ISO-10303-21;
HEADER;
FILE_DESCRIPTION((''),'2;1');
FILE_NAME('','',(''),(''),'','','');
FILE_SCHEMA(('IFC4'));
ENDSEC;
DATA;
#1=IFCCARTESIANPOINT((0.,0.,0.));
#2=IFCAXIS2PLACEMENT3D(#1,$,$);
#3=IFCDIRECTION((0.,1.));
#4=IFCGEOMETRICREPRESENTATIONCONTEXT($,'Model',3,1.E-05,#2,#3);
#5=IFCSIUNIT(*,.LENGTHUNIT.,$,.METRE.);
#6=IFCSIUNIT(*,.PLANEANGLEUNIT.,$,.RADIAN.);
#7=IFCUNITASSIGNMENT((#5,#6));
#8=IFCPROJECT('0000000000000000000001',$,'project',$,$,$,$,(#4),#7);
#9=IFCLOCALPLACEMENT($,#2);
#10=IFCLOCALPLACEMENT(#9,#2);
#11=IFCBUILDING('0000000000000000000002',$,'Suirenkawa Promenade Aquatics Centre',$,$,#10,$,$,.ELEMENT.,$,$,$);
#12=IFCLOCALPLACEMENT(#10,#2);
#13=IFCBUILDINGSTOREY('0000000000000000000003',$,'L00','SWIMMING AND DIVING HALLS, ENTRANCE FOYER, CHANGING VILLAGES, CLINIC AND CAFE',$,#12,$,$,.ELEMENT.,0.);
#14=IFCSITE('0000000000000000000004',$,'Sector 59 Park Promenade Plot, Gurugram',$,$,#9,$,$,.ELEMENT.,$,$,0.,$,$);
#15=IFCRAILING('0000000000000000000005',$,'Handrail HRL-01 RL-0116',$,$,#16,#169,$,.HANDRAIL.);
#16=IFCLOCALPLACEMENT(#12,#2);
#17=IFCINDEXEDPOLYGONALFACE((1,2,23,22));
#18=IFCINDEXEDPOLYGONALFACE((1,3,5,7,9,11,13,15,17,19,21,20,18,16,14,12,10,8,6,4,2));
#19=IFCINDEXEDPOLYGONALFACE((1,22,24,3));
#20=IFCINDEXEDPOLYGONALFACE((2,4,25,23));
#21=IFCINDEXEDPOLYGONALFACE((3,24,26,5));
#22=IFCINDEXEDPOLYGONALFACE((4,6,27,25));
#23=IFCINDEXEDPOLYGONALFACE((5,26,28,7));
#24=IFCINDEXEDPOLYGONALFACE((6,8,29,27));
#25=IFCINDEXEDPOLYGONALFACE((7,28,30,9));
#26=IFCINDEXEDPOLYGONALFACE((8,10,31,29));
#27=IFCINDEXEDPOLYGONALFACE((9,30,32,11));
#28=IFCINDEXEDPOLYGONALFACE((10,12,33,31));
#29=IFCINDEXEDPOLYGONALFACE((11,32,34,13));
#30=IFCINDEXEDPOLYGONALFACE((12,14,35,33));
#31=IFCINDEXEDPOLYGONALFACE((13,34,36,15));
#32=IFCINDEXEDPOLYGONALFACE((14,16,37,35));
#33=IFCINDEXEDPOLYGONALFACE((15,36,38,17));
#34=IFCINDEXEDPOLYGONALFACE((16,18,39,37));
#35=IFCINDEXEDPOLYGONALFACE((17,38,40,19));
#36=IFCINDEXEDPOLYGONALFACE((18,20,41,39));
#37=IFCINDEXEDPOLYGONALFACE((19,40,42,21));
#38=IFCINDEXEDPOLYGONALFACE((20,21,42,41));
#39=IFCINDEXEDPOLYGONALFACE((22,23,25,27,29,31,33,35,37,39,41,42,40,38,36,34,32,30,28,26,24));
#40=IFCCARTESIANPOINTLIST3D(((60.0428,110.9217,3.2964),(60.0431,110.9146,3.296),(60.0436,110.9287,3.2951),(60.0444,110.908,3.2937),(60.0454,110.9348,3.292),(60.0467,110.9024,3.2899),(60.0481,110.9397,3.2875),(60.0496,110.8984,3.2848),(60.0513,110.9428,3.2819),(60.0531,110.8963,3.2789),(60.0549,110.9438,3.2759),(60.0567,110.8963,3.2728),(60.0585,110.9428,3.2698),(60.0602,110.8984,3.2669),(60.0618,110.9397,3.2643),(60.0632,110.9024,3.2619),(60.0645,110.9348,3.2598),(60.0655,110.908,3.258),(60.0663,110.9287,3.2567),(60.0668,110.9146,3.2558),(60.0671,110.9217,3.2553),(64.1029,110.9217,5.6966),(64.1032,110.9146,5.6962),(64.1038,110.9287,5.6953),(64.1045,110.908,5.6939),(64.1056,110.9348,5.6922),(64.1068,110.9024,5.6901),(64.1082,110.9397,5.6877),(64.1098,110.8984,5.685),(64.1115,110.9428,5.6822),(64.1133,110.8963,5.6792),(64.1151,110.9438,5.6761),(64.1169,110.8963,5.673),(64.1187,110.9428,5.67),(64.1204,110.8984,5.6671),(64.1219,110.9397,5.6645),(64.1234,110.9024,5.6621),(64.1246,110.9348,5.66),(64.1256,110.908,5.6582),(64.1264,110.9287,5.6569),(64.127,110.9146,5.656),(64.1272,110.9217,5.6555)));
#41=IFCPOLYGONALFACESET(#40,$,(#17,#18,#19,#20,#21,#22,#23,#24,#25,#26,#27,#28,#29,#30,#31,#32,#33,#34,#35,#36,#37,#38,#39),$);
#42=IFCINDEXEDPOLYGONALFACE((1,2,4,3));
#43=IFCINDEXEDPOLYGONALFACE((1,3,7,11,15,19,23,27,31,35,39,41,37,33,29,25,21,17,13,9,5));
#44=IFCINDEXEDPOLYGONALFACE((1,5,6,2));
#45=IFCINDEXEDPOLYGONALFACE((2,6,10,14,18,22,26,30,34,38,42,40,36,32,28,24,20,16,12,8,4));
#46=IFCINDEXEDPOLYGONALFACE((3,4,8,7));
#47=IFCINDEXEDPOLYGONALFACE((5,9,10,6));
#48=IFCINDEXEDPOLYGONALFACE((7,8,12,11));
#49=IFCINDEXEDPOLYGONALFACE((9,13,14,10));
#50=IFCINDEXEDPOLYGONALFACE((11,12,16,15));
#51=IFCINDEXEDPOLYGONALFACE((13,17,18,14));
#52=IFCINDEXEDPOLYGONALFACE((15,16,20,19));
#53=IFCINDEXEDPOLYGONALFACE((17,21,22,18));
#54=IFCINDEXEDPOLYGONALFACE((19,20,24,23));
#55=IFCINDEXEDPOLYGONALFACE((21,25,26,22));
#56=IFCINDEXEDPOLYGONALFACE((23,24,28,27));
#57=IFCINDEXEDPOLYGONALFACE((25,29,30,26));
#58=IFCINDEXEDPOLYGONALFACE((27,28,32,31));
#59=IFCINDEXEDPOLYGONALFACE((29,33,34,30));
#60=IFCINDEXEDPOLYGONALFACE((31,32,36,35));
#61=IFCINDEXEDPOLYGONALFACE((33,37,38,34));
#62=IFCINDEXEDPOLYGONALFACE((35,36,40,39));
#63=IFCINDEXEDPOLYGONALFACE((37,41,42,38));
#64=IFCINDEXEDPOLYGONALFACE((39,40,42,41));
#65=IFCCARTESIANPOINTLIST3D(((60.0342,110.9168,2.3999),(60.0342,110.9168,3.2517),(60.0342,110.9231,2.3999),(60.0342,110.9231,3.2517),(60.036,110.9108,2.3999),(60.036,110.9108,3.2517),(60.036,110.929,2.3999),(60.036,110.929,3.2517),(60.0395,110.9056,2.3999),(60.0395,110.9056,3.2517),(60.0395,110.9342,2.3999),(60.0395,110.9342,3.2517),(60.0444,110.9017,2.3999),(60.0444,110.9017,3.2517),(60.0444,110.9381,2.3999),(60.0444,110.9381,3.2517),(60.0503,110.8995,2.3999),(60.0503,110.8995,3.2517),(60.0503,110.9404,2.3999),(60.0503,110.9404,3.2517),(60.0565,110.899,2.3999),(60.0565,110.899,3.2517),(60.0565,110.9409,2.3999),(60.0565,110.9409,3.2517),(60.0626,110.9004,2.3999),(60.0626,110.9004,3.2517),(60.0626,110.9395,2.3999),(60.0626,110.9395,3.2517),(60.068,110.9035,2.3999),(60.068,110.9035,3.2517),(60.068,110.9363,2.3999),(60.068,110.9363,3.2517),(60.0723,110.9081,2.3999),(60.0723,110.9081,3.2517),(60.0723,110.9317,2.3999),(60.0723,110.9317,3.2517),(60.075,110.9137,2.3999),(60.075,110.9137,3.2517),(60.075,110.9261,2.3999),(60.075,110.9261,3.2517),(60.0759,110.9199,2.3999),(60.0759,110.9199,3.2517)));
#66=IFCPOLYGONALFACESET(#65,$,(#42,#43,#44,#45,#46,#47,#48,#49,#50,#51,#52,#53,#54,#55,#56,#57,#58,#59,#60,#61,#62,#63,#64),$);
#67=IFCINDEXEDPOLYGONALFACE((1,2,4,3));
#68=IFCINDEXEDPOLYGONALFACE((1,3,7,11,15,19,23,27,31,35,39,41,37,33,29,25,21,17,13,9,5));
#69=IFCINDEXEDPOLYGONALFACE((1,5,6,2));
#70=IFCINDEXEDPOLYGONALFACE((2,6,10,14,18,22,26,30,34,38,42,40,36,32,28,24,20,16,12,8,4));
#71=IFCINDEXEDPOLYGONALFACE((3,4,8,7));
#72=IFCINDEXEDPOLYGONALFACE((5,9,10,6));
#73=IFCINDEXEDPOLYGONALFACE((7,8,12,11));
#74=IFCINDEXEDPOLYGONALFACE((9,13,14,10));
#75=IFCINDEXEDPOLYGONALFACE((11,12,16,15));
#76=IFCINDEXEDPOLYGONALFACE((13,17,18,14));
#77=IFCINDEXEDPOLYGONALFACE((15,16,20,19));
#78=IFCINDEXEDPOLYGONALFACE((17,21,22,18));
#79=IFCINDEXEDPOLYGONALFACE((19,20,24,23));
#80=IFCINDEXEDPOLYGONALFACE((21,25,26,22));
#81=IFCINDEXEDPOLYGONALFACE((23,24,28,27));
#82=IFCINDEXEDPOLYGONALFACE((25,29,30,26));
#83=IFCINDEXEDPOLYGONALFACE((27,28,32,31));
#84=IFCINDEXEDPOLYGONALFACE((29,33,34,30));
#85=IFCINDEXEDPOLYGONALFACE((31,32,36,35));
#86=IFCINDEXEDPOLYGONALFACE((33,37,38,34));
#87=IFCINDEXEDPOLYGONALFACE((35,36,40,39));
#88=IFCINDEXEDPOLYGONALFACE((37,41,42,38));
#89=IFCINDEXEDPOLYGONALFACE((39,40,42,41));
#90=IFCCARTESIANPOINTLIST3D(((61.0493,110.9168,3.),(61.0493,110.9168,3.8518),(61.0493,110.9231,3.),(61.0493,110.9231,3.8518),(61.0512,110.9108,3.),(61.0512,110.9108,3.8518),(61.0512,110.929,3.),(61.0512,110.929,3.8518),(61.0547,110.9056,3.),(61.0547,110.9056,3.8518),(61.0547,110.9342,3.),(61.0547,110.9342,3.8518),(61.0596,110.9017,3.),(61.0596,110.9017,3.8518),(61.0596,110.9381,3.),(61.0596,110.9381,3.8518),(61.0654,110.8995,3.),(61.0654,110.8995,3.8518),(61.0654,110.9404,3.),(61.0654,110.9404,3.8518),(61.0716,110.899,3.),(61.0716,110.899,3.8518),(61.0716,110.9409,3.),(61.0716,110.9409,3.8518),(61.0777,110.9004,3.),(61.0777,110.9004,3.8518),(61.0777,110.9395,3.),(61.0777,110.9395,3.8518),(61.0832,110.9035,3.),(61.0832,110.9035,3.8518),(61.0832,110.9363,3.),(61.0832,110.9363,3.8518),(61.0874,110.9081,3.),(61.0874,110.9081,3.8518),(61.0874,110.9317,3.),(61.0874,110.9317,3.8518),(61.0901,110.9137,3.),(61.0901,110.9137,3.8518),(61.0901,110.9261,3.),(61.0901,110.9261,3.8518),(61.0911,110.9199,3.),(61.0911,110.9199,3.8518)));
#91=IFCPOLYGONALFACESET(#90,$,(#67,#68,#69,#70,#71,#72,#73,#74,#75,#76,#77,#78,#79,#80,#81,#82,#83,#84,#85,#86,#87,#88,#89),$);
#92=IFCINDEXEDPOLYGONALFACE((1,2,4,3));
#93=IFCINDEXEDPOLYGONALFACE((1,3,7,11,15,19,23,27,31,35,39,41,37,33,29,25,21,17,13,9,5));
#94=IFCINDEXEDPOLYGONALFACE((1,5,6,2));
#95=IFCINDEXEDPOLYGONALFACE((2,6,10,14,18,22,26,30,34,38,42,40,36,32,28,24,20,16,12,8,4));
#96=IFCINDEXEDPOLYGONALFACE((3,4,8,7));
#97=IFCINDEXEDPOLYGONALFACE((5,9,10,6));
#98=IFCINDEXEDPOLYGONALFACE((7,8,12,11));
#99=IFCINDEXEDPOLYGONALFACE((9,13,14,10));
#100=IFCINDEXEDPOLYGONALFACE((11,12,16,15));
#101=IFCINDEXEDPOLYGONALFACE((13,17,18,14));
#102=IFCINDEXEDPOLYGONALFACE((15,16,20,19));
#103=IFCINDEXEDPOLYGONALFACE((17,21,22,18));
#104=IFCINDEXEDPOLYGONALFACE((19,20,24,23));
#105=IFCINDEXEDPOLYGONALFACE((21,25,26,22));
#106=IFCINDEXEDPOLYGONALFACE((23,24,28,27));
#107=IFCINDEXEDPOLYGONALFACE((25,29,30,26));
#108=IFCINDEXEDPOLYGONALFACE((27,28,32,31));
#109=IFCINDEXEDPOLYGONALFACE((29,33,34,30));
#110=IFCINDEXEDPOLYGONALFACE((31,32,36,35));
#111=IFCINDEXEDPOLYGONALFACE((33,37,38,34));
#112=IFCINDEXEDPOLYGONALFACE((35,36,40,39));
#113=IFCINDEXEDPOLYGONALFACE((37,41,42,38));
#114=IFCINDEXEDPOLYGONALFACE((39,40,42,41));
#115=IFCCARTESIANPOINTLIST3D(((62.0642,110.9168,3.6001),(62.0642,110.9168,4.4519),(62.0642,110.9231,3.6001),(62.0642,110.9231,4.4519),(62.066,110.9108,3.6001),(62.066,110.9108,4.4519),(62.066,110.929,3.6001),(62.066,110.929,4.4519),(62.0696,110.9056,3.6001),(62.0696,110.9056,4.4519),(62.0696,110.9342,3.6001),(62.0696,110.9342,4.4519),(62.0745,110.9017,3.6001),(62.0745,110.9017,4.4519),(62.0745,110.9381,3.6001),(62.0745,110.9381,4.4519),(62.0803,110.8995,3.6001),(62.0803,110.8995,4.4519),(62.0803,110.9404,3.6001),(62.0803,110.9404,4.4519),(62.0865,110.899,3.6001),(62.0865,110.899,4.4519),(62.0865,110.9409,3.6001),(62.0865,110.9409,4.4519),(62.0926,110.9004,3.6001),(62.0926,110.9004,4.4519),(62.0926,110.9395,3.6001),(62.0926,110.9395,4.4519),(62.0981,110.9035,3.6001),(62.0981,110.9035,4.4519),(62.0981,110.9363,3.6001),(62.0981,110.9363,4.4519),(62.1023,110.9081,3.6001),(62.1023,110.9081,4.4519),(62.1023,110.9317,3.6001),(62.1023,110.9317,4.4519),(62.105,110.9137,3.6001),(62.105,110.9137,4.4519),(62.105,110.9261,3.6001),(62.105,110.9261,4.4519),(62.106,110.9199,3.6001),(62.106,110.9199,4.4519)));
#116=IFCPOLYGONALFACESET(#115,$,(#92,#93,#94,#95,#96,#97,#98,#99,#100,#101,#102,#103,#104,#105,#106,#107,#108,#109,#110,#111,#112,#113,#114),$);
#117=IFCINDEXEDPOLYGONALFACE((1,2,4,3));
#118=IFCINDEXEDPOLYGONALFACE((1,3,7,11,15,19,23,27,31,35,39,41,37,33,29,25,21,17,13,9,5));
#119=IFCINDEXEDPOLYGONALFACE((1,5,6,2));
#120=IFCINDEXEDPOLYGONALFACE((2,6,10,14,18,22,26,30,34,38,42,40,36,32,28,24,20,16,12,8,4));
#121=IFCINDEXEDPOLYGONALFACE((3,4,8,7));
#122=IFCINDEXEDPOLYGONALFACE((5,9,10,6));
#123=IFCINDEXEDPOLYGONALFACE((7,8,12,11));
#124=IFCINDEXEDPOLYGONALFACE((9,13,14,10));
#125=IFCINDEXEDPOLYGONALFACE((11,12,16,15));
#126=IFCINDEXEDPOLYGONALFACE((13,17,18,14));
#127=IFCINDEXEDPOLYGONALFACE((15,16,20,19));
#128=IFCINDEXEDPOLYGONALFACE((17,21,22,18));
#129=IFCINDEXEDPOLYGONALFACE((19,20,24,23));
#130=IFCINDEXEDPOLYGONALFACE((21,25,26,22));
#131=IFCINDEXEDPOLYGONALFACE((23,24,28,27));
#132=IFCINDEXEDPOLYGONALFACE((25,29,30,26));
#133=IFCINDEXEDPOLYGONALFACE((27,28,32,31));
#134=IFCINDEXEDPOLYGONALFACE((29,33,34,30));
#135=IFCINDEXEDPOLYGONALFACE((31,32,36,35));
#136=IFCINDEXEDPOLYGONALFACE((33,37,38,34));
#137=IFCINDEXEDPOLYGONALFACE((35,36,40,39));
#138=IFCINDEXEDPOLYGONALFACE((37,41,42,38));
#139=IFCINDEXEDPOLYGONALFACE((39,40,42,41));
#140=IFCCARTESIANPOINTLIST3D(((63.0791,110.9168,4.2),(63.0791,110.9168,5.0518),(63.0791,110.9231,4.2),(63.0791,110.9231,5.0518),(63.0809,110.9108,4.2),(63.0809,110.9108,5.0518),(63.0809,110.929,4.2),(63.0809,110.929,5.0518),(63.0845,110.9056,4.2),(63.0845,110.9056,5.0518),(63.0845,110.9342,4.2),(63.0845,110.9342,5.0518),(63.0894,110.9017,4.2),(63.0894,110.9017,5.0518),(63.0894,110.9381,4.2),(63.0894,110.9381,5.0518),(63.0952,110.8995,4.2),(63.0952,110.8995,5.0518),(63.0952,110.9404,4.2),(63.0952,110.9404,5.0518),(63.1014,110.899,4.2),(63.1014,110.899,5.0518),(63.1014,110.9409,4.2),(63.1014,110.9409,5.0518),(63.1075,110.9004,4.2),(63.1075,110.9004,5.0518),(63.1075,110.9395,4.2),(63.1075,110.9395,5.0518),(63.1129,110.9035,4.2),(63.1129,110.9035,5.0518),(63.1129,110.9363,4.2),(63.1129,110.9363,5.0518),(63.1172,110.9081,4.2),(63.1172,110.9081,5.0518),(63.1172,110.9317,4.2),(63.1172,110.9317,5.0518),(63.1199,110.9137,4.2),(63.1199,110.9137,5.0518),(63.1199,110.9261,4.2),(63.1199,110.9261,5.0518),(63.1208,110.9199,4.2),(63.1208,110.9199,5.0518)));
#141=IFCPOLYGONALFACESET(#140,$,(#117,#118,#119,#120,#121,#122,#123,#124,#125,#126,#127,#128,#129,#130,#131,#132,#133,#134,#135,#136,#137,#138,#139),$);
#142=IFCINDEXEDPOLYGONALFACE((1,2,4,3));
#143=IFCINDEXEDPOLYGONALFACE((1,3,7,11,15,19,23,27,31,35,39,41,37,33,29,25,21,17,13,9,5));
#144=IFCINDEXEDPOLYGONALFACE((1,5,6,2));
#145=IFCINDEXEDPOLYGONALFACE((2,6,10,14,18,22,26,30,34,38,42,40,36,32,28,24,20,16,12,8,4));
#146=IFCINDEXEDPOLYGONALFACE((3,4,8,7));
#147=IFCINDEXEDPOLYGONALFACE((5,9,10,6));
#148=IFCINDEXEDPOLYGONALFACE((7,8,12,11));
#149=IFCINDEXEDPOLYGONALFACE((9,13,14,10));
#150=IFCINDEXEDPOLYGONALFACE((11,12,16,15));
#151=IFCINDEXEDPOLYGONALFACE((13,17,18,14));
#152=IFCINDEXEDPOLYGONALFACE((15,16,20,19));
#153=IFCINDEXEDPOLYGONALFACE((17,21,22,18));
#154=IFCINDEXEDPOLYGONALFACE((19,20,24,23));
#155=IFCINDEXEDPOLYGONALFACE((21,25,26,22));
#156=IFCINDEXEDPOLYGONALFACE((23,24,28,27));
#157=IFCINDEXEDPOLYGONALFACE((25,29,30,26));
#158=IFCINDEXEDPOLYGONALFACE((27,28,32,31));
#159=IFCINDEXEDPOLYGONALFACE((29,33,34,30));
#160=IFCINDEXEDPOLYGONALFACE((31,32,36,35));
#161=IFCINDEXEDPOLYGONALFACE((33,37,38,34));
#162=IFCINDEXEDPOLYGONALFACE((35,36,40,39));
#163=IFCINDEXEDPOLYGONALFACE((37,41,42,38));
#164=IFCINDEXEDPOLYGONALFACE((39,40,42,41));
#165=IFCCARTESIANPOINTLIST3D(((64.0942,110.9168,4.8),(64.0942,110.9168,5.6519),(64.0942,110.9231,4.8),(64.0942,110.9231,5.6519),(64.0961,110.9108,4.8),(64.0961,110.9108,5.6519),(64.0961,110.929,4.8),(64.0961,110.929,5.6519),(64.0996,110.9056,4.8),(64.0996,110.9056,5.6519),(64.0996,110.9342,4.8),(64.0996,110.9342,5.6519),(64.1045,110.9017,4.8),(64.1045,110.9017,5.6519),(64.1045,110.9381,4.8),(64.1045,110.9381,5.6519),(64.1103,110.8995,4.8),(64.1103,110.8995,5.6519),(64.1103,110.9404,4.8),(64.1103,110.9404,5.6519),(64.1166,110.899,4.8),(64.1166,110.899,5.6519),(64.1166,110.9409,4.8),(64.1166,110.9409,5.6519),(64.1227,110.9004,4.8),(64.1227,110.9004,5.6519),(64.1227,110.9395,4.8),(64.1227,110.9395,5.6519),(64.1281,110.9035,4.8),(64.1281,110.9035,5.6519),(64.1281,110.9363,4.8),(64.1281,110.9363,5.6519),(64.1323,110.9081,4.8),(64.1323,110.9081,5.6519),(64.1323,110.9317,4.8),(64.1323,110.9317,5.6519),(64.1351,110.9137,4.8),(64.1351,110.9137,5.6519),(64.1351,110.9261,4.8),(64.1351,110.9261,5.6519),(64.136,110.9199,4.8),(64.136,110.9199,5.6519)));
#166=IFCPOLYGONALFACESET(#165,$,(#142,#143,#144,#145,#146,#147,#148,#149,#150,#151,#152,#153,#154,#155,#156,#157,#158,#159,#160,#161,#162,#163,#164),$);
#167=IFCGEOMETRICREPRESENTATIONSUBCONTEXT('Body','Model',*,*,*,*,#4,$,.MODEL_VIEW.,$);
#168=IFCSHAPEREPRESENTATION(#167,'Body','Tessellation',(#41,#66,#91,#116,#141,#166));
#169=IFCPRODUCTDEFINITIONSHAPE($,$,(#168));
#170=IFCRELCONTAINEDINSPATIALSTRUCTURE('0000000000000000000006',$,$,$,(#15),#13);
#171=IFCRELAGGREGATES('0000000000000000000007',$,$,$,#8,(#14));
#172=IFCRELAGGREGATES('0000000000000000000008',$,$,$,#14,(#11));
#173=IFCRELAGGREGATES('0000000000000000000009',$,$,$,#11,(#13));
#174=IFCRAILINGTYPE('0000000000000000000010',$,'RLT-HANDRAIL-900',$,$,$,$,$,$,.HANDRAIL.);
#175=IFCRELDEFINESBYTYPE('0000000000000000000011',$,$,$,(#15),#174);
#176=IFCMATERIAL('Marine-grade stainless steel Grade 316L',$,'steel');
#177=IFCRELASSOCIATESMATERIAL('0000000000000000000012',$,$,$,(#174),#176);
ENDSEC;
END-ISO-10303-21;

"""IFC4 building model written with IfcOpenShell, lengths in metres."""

from ifc_helpers import new_model, si_unit, direction, frame, origin, origin_2d, place, context, subcontext, project, spatial, circle, extrude, material, type_object, element, save


model = new_model("IFC4")

# Units and contexts
model_context = context("Model", 3, precision=1e-05, world=origin(), true_north=direction((0.0, 1.0)))
body_context = subcontext(model_context, "Body", "Model", "MODEL_VIEW")
ifc_project = project(units=[si_unit("LENGTHUNIT", "METRE"), si_unit("PLANEANGLEUNIT", "RADIAN")], contexts=[model_context])

# Site, building, storey
site_placement = place(None, origin())
site = spatial("IfcSite", under=ifc_project, at=site_placement, Name="Sector 59 Park Promenade Plot, Gurugram", CompositionType="ELEMENT", RefElevation=0.0)
building_placement = place(site_placement, origin())
building = spatial("IfcBuilding", under=site, at=building_placement, Name="Suirenkawa Promenade Aquatics Centre", CompositionType="ELEMENT")
storey_placement = place(building_placement, origin())
storey = spatial("IfcBuildingStorey", under=building, at=storey_placement, Name="L00", Description="SWIMMING AND DIVING HALLS, ENTRANCE FOYER, CHANGING VILLAGES, CLINIC AND CAFE", CompositionType="ELEMENT", Elevation=0.0)

# Shared definitions
ifc_material_1 = material(Name="Marine-grade stainless steel Grade 316L", Category="steel")

# Railing
railing_type_1 = type_object("IfcRailingType", Name="RLT-HANDRAIL-900", PredefinedType="HANDRAIL", material=ifc_material_1)
for number, where, name in (
    (1, (60.0549, 110.9199, 2.3999), "Handrail HRL-01 RL-0116"),
):
    element("IfcRailing", number, at=place(storey_placement, frame(where)), inside=storey, type_object=railing_type_1, Name=name, PredefinedType="HANDRAIL", context=body_context, shape_type="SweptSolid", body=[
        extrude(circle(Radius=0.0239, at=origin_2d()), frame((0.0, 0.0, 0.876), z_axis=(0.860832, 0.0, 0.50889), x_axis=(0.0, 1.0, 0.0)), (0.0, 0.0, 1.0), 4.7166),
        extrude(circle(Radius=0.021, at=origin_2d()), origin(), (0.0, 0.0, 1.0), 0.8518),
        extrude(circle(Radius=0.021, at=origin_2d()), frame((1.0151, 0.0, 0.6001)), (0.0, 0.0, 1.0), 0.8518),
        extrude(circle(Radius=0.021, at=origin_2d()), frame((2.03, 0.0, 1.2002)), (0.0, 0.0, 1.0), 0.8518),
        extrude(circle(Radius=0.021, at=origin_2d()), frame((3.0449, 0.0, 1.8)), (0.0, 0.0, 1.0), 0.8518),
        extrude(circle(Radius=0.021, at=origin_2d()), frame((4.0601, 0.0, 2.4001)), (0.0, 0.0, 1.0), 0.8518),
    ])

save(model, "model.ifc")
